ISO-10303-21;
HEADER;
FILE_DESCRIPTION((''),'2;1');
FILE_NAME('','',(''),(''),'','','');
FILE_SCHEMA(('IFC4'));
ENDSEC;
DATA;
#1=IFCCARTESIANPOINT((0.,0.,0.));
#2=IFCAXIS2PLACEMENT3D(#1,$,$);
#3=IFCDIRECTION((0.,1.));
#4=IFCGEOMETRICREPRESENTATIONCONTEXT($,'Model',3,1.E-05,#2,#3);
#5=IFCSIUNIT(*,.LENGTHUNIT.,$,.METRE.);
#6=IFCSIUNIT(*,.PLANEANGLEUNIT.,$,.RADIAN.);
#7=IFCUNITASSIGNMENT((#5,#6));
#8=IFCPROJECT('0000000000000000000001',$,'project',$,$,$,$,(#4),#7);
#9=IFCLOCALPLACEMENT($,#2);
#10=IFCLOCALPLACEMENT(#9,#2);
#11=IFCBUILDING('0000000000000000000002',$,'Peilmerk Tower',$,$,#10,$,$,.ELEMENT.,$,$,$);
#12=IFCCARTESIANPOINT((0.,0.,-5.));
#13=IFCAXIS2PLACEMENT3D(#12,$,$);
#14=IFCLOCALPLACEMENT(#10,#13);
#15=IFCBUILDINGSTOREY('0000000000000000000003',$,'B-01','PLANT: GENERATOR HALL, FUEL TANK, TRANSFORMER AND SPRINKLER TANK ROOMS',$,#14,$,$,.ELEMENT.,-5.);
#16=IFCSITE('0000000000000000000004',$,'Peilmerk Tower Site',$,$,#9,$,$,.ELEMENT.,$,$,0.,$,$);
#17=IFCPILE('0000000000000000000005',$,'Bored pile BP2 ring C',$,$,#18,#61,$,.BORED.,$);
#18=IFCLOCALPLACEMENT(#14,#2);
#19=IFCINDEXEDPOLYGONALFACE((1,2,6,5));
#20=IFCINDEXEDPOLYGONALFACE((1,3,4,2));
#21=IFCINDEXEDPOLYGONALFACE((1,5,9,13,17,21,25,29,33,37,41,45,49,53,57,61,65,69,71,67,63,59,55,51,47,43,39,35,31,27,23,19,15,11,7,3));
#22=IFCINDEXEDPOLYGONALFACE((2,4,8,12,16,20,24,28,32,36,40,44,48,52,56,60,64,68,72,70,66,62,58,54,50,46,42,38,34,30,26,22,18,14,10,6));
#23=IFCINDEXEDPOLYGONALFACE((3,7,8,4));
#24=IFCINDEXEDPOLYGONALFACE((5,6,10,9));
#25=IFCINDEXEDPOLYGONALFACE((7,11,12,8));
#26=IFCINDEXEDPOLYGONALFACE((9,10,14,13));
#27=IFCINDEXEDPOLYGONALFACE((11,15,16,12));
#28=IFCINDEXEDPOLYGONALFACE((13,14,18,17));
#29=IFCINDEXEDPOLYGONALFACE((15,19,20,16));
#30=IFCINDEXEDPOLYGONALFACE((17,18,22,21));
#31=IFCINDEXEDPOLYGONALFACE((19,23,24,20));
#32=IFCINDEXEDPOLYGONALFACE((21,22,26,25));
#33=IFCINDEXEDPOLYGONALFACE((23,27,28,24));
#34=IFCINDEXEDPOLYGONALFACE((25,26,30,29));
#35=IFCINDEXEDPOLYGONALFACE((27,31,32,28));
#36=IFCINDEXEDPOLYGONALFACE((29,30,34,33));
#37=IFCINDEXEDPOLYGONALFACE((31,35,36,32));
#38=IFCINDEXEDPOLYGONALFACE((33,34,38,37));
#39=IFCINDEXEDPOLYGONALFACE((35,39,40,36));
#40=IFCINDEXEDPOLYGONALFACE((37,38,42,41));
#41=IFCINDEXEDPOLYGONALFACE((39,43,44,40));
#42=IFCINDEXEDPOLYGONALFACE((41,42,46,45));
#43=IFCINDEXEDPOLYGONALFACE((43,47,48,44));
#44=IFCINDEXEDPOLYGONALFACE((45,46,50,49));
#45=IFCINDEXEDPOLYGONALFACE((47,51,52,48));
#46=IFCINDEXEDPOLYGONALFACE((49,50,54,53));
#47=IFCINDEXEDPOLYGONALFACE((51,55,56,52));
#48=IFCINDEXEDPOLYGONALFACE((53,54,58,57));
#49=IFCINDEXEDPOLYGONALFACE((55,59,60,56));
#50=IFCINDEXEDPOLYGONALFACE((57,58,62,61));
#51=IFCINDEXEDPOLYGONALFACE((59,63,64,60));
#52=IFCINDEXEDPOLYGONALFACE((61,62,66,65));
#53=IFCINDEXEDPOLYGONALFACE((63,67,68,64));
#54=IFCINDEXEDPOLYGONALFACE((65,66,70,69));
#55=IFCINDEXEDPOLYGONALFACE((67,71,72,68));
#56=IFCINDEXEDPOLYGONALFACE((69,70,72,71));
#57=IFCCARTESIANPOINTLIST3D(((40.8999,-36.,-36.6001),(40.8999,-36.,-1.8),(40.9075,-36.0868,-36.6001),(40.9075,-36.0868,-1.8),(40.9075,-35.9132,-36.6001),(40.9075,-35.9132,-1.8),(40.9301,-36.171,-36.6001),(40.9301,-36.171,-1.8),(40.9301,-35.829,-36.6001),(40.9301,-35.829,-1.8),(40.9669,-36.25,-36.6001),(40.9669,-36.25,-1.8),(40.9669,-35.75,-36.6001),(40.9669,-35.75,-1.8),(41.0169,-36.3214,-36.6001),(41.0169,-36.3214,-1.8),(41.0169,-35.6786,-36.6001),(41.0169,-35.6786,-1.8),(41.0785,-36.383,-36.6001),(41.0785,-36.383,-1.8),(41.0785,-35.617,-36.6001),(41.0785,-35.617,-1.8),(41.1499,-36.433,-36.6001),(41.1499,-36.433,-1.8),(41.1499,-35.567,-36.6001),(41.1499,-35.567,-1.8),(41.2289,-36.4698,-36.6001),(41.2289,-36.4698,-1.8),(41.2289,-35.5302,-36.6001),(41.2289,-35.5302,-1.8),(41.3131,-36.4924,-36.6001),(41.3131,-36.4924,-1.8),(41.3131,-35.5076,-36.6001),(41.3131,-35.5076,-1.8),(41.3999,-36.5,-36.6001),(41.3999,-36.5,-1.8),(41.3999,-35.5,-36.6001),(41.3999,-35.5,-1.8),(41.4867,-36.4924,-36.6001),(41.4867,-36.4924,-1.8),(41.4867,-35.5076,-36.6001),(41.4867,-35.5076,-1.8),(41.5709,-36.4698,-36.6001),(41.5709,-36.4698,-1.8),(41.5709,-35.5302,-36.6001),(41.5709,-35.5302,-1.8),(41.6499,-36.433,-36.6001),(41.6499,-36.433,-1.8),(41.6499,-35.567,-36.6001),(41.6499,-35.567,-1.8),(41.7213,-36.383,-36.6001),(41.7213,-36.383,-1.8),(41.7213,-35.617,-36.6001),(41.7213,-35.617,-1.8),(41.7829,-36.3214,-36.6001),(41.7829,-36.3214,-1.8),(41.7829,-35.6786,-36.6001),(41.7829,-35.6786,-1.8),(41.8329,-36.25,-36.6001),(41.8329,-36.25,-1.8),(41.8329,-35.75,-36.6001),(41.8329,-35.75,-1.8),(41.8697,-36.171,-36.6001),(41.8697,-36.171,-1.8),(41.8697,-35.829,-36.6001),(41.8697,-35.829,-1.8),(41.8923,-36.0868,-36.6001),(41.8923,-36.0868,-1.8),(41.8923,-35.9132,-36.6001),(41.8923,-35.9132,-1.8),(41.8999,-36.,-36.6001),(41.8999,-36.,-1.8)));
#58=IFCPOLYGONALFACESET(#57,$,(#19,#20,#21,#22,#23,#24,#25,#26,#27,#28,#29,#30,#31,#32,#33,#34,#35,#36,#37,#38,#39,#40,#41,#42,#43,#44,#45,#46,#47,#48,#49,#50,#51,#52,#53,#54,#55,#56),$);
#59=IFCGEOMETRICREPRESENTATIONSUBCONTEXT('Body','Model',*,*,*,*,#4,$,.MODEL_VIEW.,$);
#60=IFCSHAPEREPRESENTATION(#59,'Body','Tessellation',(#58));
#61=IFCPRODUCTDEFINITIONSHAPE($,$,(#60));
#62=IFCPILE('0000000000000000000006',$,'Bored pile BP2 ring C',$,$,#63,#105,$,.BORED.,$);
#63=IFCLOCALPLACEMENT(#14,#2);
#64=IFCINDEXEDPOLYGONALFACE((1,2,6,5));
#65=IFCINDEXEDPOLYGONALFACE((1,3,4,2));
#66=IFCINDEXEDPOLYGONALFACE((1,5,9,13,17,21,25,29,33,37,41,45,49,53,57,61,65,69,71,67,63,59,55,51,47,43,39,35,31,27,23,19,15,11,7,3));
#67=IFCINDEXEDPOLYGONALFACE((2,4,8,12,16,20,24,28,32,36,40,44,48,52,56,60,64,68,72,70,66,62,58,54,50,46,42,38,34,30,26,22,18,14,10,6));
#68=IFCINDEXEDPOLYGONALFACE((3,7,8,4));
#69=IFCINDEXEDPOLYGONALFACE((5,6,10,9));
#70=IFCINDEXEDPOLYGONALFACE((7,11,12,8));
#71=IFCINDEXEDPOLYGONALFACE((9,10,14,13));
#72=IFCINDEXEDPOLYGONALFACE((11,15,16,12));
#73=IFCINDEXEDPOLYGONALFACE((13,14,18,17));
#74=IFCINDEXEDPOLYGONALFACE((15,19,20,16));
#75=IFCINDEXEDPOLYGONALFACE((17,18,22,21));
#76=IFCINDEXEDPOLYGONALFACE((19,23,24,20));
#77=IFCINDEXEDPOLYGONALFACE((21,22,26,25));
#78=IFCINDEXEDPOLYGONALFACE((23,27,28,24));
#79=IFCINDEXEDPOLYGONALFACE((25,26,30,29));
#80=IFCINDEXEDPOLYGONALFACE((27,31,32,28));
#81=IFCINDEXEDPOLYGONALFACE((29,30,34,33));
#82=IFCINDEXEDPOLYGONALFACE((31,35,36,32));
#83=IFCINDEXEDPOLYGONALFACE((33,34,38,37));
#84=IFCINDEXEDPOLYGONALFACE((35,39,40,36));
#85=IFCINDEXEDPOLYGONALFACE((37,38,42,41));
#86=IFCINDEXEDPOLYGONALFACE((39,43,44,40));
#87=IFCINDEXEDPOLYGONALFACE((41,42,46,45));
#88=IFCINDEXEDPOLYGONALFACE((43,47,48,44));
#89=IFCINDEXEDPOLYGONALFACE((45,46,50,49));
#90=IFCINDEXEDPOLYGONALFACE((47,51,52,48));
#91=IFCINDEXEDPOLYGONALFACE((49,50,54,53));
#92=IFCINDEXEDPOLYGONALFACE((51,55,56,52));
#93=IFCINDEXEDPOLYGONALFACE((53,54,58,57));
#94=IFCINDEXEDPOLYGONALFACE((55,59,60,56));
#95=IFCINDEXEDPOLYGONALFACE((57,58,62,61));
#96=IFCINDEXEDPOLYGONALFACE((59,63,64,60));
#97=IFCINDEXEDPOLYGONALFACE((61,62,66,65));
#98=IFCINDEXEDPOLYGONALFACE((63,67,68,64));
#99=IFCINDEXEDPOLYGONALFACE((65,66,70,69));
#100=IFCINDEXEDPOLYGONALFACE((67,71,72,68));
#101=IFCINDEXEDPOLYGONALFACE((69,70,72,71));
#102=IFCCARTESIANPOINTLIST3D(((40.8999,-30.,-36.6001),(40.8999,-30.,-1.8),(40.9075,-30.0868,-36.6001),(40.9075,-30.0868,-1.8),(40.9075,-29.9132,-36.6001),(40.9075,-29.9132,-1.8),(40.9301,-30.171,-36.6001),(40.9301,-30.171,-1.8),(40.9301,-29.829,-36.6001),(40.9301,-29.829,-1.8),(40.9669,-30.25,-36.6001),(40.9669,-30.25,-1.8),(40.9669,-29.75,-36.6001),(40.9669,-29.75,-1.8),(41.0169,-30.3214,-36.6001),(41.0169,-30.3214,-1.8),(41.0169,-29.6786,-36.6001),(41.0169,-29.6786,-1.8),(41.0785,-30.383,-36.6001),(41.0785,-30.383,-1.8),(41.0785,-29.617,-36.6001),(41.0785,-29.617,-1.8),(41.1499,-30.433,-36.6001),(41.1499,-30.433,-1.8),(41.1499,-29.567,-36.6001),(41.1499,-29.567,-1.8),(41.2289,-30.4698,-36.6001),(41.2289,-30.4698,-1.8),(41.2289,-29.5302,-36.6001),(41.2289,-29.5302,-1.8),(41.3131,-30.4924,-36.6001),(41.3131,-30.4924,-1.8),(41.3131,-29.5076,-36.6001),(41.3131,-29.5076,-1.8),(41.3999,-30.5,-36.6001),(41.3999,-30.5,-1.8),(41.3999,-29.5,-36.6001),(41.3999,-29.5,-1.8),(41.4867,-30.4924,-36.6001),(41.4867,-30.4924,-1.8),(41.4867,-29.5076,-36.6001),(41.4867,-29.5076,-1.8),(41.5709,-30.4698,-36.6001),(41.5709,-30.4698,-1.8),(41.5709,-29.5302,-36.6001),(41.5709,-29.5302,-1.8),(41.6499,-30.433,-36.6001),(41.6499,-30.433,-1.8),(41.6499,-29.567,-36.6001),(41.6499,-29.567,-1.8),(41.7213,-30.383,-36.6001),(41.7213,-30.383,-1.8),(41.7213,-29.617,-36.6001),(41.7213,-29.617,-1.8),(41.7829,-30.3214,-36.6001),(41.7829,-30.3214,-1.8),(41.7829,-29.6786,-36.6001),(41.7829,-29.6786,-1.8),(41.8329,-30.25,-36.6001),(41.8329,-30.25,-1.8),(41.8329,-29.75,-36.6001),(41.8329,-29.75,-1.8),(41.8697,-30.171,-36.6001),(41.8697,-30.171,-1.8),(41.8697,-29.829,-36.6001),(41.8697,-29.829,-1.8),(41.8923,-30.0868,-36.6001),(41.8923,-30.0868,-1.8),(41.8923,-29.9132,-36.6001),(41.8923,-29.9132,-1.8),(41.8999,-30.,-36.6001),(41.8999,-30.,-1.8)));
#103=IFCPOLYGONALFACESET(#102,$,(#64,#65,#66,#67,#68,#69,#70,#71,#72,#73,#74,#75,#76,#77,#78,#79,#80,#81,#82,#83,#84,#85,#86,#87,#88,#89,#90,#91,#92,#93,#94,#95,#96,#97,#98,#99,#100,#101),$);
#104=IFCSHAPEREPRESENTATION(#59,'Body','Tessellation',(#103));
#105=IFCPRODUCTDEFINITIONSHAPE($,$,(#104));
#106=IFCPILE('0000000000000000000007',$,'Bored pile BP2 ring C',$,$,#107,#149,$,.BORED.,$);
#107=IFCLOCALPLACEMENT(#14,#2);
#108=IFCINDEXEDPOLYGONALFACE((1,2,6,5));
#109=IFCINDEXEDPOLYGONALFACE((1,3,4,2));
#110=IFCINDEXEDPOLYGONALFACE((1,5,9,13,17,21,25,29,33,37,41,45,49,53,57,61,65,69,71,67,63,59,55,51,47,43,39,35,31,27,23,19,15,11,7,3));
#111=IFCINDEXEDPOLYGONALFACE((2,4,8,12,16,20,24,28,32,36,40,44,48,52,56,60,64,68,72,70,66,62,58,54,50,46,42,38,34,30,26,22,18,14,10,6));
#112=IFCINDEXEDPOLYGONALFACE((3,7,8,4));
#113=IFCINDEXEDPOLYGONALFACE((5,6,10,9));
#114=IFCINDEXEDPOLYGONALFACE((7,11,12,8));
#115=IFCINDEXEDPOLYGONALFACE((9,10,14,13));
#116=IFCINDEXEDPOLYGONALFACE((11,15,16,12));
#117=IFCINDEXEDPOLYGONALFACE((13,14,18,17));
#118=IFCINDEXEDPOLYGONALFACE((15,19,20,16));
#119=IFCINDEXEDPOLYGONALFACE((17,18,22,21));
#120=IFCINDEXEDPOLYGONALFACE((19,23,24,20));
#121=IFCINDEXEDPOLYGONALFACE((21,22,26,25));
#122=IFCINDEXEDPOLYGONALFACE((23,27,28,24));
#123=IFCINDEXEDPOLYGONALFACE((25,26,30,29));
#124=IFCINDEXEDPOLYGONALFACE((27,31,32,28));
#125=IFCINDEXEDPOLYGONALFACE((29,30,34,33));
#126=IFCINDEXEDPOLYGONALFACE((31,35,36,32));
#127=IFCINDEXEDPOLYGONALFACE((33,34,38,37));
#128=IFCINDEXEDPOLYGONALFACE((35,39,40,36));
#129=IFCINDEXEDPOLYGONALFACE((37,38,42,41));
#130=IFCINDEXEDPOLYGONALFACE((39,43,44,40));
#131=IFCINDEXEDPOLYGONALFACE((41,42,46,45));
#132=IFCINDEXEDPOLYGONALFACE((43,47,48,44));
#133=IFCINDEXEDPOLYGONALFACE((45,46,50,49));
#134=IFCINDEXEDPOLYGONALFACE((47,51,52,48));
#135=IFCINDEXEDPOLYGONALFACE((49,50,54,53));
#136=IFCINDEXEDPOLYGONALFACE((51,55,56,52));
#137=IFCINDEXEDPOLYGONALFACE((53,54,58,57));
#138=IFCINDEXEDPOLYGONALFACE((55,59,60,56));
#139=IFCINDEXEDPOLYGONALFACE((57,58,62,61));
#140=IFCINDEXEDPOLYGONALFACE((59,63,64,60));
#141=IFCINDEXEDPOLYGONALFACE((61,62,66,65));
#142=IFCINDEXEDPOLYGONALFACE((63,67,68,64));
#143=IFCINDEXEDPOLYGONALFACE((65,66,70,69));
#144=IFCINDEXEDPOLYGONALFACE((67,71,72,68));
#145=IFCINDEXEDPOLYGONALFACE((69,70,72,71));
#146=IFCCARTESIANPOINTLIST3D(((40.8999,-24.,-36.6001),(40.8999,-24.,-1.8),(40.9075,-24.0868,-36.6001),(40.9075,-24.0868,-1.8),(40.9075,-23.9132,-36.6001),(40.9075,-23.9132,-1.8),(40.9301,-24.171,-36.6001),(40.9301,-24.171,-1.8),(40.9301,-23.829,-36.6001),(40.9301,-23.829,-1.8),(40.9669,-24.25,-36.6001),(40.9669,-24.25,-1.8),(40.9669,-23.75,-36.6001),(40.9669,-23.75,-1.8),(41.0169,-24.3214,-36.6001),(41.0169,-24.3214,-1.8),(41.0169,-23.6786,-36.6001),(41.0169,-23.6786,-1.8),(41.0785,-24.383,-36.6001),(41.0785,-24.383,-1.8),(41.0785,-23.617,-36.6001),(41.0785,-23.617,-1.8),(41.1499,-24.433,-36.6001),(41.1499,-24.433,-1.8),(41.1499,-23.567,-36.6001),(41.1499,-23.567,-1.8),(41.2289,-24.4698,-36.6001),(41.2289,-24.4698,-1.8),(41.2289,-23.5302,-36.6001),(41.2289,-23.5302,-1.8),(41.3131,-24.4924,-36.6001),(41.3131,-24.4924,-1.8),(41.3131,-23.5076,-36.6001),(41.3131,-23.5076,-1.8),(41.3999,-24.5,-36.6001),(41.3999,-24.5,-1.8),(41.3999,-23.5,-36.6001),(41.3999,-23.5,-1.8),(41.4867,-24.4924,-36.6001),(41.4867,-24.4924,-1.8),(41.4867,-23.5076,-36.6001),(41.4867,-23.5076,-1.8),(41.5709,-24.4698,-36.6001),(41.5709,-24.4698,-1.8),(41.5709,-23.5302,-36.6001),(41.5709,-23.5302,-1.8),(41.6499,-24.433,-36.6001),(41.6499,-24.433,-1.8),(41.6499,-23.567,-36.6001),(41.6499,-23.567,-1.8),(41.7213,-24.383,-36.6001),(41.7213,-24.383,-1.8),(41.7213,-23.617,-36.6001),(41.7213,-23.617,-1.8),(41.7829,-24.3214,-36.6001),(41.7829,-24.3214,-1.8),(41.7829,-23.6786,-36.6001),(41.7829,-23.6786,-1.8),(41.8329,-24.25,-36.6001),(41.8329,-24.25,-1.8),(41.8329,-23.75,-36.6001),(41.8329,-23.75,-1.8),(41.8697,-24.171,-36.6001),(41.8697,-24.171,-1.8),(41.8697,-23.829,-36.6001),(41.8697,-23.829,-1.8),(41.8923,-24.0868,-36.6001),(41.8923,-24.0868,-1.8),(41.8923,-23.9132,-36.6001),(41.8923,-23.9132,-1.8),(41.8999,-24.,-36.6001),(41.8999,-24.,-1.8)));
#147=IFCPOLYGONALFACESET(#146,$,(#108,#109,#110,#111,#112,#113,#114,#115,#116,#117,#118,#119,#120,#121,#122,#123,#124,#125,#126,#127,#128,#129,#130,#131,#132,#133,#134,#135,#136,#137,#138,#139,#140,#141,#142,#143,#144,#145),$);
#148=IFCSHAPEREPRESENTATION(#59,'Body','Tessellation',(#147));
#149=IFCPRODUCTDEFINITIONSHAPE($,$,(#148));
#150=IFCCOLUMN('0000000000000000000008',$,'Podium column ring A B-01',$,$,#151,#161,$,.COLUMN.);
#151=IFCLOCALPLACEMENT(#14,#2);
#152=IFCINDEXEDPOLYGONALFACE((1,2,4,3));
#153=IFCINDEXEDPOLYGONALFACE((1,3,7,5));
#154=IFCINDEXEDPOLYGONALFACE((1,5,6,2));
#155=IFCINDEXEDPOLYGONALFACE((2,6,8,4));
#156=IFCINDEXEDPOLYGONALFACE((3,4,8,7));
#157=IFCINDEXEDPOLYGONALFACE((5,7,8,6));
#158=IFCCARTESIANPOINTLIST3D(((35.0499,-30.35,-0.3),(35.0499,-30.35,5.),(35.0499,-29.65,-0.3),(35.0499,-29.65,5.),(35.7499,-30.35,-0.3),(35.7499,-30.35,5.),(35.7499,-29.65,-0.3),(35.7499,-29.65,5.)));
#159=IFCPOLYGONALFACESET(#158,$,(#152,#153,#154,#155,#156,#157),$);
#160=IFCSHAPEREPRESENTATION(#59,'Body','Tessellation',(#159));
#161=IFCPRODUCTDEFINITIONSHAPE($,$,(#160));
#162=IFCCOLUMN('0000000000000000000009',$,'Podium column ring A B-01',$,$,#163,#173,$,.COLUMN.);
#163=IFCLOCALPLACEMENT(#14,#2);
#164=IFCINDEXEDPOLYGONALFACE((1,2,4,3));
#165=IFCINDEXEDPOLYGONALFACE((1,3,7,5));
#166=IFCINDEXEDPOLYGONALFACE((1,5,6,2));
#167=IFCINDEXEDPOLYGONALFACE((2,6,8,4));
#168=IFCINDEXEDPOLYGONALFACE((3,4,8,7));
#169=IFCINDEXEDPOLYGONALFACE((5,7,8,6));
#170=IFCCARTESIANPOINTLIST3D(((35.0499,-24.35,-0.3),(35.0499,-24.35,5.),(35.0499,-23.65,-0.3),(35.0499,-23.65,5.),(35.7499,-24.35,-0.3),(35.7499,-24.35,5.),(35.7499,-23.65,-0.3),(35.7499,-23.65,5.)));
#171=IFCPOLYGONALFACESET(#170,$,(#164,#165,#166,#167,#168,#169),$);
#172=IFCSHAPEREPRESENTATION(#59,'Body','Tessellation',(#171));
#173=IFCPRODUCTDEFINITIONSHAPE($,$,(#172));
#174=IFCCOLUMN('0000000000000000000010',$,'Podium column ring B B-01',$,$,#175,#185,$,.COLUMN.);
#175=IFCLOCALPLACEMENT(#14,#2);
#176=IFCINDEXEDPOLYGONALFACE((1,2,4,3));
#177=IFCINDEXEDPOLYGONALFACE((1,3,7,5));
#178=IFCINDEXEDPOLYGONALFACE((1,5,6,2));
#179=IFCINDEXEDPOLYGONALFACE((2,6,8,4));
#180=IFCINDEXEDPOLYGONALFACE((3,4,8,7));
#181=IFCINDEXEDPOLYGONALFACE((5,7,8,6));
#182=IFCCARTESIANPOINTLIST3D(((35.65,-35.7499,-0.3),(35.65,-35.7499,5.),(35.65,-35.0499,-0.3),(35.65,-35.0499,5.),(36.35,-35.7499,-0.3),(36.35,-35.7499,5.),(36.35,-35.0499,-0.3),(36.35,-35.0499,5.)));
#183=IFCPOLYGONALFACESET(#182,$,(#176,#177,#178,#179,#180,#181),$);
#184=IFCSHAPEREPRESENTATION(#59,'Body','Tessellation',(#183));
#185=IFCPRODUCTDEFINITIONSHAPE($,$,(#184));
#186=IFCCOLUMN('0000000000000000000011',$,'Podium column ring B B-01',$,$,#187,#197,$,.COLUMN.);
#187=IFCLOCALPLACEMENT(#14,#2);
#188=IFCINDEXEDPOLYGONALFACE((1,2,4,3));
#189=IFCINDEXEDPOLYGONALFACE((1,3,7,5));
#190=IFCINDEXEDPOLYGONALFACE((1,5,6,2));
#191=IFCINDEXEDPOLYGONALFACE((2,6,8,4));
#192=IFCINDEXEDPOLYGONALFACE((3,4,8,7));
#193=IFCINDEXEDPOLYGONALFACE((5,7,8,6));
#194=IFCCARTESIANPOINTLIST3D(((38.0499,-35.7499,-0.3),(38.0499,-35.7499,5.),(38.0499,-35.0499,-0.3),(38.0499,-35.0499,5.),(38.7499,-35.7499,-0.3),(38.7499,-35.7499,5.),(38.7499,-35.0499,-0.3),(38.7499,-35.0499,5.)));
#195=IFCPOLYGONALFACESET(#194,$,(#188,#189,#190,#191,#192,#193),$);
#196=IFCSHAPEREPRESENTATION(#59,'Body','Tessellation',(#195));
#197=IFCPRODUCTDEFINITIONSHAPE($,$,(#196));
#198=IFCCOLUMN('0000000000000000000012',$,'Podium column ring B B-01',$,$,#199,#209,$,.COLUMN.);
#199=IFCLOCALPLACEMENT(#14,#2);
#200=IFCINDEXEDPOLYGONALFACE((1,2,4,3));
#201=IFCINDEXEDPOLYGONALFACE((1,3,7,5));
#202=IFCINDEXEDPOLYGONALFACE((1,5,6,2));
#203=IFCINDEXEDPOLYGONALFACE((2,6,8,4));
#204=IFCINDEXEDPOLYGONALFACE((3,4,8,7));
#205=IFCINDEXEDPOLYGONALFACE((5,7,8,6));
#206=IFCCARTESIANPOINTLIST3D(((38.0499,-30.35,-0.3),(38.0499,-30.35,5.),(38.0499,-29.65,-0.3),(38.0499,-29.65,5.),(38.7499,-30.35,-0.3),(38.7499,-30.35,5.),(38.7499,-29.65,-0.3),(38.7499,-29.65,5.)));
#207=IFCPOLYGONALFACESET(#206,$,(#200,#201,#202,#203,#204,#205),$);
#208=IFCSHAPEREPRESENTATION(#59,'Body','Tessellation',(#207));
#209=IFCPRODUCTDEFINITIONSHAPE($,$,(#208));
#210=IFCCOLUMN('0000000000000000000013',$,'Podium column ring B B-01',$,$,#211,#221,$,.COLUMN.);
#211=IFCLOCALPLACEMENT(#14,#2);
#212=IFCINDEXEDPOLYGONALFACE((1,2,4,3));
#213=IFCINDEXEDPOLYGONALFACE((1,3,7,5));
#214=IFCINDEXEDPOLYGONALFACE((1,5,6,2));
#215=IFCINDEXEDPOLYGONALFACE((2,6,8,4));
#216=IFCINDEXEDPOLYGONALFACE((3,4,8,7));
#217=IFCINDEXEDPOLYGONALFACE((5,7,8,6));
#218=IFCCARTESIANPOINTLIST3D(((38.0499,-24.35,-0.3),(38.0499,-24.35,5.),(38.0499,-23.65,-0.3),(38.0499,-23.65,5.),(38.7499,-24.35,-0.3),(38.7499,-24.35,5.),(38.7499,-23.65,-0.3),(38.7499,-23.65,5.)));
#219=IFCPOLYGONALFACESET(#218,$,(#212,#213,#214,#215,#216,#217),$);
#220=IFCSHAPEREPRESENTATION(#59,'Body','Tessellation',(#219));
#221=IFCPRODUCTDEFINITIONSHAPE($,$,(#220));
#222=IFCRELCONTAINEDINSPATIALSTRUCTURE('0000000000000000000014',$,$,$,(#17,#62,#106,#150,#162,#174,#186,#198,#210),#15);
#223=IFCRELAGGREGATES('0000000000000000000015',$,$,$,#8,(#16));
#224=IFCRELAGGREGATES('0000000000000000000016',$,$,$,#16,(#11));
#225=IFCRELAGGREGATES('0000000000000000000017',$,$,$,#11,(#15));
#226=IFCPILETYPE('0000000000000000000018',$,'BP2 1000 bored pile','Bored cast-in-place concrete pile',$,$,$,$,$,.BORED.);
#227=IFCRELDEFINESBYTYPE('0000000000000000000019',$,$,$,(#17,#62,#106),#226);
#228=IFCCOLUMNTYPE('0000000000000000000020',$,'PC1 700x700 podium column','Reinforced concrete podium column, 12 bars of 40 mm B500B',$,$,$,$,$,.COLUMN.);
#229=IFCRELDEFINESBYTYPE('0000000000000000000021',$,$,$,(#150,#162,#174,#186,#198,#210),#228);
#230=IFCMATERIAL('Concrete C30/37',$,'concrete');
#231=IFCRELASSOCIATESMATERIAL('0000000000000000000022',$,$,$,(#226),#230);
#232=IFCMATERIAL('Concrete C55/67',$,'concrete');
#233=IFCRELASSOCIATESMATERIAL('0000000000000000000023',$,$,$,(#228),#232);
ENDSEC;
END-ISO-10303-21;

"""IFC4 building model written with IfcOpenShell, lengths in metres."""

from ifc_helpers import new_model, si_unit, direction, frame, origin, origin_2d, place, context, subcontext, project, spatial, rectangle, circle, extrude, material, material_profile, profile_set, type_object, element, save


model = new_model("IFC4")

# Units and contexts
model_context = context("Model", 3, precision=1e-05, world=origin(), true_north=direction((0.0, 1.0)))
body_context = subcontext(model_context, "Body", "Model", "MODEL_VIEW")
ifc_project = project(units=[si_unit("LENGTHUNIT", "METRE"), si_unit("PLANEANGLEUNIT", "RADIAN")], contexts=[model_context])

# Site, building, storey
site_placement = place(None, origin())
site = spatial("IfcSite", under=ifc_project, at=site_placement, Name="Peilmerk Tower Site", CompositionType="ELEMENT", RefElevation=0.0)
building_placement = place(site_placement, origin())
building = spatial("IfcBuilding", under=site, at=building_placement, Name="Peilmerk Tower", CompositionType="ELEMENT")
storey_placement = place(building_placement, frame((0.0, 0.0, -5.0)))
storey = spatial("IfcBuildingStorey", under=building, at=storey_placement, Name="B-01", Description="PLANT: GENERATOR HALL, FUEL TANK, TRANSFORMER AND SPRINKLER TANK ROOMS", CompositionType="ELEMENT", Elevation=-5.0)

# Piles
ifc_material_1 = material(Name="Concrete C30/37", Category="concrete")
ifc_material_profile_1 = material_profile(ifc_material_1, circle(Radius=0.5, at=origin_2d()), Name="BP 1000")
ifc_profile_set_1 = profile_set([ifc_material_profile_1], Name="Concrete C30/37")
pile_type = type_object("IfcPileType", Name="BP2 1000 bored pile", Description="Bored cast-in-place concrete pile", PredefinedType="BORED", material=ifc_profile_set_1)
for number, where, z_axis, x_axis, name in (
    (1, (41.3999, -36.0, -1.8), (0.0, 0.0, -1.0), (1.0, 0.0, 0.0), "Bored pile BP2 ring C"),
    (2, (41.3999, -30.0, -1.8), (0.0, 0.0, -1.0), (1.0, 0.0, 0.0), "Bored pile BP2 ring C"),
    (3, (41.3999, -24.0, -1.8), (0.0, 0.0, -1.0), (1.0, 0.0, 0.0), "Bored pile BP2 ring C"),
):
    element("IfcPile", number, at=place(storey_placement, frame(where, z_axis=z_axis, x_axis=x_axis)), inside=storey, type_object=pile_type, Name=name, PredefinedType="BORED", context=body_context, shape_type="SweptSolid", body=[
        extrude(circle(Radius=0.5, at=origin_2d()), origin(), (0.0, 0.0, 1.0), 34.8),
    ])

# Columns
ifc_material_2 = material(Name="Concrete C55/67", Category="concrete")
ifc_material_profile_2 = material_profile(ifc_material_2, rectangle(XDim=0.7, YDim=0.7, at=origin_2d()), Name="RC 700x700")
ifc_profile_set_2 = profile_set([ifc_material_profile_2], Name="Concrete C55/67")
column_type = type_object("IfcColumnType", Name="PC1 700x700 podium column", Description="Reinforced concrete podium column, 12 bars of 40 mm B500B", PredefinedType="COLUMN", material=ifc_profile_set_2)
for number, where, z_axis, x_axis, name in (
    (4, (35.3999, -30.0, -0.3), (0.0, 0.0, 1.0), (1.0, 0.0, 0.0), "Podium column ring A B-01"),
    (5, (35.3999, -24.0, -0.3), (0.0, 0.0, 1.0), (1.0, 0.0, 0.0), "Podium column ring A B-01"),
    (6, (36.0, -35.3999, -0.3), (0.0, 0.0, 1.0), (1.0, 0.0, 0.0), "Podium column ring B B-01"),
    (7, (38.3999, -35.3999, -0.3), (0.0, 0.0, 1.0), (1.0, 0.0, 0.0), "Podium column ring B B-01"),
    (8, (38.3999, -30.0, -0.3), (0.0, 0.0, 1.0), (1.0, 0.0, 0.0), "Podium column ring B B-01"),
    (9, (38.3999, -24.0, -0.3), (0.0, 0.0, 1.0), (1.0, 0.0, 0.0), "Podium column ring B B-01"),
):
    element("IfcColumn", number, at=place(storey_placement, frame(where, z_axis=z_axis, x_axis=x_axis)), inside=storey, type_object=column_type, Name=name, PredefinedType="COLUMN", context=body_context, shape_type="SweptSolid", body=[
        extrude(rectangle(XDim=0.7, YDim=0.7, at=origin_2d()), origin(), (0.0, 0.0, 1.0), 5.3),
    ])

save(model, "model.ifc")
